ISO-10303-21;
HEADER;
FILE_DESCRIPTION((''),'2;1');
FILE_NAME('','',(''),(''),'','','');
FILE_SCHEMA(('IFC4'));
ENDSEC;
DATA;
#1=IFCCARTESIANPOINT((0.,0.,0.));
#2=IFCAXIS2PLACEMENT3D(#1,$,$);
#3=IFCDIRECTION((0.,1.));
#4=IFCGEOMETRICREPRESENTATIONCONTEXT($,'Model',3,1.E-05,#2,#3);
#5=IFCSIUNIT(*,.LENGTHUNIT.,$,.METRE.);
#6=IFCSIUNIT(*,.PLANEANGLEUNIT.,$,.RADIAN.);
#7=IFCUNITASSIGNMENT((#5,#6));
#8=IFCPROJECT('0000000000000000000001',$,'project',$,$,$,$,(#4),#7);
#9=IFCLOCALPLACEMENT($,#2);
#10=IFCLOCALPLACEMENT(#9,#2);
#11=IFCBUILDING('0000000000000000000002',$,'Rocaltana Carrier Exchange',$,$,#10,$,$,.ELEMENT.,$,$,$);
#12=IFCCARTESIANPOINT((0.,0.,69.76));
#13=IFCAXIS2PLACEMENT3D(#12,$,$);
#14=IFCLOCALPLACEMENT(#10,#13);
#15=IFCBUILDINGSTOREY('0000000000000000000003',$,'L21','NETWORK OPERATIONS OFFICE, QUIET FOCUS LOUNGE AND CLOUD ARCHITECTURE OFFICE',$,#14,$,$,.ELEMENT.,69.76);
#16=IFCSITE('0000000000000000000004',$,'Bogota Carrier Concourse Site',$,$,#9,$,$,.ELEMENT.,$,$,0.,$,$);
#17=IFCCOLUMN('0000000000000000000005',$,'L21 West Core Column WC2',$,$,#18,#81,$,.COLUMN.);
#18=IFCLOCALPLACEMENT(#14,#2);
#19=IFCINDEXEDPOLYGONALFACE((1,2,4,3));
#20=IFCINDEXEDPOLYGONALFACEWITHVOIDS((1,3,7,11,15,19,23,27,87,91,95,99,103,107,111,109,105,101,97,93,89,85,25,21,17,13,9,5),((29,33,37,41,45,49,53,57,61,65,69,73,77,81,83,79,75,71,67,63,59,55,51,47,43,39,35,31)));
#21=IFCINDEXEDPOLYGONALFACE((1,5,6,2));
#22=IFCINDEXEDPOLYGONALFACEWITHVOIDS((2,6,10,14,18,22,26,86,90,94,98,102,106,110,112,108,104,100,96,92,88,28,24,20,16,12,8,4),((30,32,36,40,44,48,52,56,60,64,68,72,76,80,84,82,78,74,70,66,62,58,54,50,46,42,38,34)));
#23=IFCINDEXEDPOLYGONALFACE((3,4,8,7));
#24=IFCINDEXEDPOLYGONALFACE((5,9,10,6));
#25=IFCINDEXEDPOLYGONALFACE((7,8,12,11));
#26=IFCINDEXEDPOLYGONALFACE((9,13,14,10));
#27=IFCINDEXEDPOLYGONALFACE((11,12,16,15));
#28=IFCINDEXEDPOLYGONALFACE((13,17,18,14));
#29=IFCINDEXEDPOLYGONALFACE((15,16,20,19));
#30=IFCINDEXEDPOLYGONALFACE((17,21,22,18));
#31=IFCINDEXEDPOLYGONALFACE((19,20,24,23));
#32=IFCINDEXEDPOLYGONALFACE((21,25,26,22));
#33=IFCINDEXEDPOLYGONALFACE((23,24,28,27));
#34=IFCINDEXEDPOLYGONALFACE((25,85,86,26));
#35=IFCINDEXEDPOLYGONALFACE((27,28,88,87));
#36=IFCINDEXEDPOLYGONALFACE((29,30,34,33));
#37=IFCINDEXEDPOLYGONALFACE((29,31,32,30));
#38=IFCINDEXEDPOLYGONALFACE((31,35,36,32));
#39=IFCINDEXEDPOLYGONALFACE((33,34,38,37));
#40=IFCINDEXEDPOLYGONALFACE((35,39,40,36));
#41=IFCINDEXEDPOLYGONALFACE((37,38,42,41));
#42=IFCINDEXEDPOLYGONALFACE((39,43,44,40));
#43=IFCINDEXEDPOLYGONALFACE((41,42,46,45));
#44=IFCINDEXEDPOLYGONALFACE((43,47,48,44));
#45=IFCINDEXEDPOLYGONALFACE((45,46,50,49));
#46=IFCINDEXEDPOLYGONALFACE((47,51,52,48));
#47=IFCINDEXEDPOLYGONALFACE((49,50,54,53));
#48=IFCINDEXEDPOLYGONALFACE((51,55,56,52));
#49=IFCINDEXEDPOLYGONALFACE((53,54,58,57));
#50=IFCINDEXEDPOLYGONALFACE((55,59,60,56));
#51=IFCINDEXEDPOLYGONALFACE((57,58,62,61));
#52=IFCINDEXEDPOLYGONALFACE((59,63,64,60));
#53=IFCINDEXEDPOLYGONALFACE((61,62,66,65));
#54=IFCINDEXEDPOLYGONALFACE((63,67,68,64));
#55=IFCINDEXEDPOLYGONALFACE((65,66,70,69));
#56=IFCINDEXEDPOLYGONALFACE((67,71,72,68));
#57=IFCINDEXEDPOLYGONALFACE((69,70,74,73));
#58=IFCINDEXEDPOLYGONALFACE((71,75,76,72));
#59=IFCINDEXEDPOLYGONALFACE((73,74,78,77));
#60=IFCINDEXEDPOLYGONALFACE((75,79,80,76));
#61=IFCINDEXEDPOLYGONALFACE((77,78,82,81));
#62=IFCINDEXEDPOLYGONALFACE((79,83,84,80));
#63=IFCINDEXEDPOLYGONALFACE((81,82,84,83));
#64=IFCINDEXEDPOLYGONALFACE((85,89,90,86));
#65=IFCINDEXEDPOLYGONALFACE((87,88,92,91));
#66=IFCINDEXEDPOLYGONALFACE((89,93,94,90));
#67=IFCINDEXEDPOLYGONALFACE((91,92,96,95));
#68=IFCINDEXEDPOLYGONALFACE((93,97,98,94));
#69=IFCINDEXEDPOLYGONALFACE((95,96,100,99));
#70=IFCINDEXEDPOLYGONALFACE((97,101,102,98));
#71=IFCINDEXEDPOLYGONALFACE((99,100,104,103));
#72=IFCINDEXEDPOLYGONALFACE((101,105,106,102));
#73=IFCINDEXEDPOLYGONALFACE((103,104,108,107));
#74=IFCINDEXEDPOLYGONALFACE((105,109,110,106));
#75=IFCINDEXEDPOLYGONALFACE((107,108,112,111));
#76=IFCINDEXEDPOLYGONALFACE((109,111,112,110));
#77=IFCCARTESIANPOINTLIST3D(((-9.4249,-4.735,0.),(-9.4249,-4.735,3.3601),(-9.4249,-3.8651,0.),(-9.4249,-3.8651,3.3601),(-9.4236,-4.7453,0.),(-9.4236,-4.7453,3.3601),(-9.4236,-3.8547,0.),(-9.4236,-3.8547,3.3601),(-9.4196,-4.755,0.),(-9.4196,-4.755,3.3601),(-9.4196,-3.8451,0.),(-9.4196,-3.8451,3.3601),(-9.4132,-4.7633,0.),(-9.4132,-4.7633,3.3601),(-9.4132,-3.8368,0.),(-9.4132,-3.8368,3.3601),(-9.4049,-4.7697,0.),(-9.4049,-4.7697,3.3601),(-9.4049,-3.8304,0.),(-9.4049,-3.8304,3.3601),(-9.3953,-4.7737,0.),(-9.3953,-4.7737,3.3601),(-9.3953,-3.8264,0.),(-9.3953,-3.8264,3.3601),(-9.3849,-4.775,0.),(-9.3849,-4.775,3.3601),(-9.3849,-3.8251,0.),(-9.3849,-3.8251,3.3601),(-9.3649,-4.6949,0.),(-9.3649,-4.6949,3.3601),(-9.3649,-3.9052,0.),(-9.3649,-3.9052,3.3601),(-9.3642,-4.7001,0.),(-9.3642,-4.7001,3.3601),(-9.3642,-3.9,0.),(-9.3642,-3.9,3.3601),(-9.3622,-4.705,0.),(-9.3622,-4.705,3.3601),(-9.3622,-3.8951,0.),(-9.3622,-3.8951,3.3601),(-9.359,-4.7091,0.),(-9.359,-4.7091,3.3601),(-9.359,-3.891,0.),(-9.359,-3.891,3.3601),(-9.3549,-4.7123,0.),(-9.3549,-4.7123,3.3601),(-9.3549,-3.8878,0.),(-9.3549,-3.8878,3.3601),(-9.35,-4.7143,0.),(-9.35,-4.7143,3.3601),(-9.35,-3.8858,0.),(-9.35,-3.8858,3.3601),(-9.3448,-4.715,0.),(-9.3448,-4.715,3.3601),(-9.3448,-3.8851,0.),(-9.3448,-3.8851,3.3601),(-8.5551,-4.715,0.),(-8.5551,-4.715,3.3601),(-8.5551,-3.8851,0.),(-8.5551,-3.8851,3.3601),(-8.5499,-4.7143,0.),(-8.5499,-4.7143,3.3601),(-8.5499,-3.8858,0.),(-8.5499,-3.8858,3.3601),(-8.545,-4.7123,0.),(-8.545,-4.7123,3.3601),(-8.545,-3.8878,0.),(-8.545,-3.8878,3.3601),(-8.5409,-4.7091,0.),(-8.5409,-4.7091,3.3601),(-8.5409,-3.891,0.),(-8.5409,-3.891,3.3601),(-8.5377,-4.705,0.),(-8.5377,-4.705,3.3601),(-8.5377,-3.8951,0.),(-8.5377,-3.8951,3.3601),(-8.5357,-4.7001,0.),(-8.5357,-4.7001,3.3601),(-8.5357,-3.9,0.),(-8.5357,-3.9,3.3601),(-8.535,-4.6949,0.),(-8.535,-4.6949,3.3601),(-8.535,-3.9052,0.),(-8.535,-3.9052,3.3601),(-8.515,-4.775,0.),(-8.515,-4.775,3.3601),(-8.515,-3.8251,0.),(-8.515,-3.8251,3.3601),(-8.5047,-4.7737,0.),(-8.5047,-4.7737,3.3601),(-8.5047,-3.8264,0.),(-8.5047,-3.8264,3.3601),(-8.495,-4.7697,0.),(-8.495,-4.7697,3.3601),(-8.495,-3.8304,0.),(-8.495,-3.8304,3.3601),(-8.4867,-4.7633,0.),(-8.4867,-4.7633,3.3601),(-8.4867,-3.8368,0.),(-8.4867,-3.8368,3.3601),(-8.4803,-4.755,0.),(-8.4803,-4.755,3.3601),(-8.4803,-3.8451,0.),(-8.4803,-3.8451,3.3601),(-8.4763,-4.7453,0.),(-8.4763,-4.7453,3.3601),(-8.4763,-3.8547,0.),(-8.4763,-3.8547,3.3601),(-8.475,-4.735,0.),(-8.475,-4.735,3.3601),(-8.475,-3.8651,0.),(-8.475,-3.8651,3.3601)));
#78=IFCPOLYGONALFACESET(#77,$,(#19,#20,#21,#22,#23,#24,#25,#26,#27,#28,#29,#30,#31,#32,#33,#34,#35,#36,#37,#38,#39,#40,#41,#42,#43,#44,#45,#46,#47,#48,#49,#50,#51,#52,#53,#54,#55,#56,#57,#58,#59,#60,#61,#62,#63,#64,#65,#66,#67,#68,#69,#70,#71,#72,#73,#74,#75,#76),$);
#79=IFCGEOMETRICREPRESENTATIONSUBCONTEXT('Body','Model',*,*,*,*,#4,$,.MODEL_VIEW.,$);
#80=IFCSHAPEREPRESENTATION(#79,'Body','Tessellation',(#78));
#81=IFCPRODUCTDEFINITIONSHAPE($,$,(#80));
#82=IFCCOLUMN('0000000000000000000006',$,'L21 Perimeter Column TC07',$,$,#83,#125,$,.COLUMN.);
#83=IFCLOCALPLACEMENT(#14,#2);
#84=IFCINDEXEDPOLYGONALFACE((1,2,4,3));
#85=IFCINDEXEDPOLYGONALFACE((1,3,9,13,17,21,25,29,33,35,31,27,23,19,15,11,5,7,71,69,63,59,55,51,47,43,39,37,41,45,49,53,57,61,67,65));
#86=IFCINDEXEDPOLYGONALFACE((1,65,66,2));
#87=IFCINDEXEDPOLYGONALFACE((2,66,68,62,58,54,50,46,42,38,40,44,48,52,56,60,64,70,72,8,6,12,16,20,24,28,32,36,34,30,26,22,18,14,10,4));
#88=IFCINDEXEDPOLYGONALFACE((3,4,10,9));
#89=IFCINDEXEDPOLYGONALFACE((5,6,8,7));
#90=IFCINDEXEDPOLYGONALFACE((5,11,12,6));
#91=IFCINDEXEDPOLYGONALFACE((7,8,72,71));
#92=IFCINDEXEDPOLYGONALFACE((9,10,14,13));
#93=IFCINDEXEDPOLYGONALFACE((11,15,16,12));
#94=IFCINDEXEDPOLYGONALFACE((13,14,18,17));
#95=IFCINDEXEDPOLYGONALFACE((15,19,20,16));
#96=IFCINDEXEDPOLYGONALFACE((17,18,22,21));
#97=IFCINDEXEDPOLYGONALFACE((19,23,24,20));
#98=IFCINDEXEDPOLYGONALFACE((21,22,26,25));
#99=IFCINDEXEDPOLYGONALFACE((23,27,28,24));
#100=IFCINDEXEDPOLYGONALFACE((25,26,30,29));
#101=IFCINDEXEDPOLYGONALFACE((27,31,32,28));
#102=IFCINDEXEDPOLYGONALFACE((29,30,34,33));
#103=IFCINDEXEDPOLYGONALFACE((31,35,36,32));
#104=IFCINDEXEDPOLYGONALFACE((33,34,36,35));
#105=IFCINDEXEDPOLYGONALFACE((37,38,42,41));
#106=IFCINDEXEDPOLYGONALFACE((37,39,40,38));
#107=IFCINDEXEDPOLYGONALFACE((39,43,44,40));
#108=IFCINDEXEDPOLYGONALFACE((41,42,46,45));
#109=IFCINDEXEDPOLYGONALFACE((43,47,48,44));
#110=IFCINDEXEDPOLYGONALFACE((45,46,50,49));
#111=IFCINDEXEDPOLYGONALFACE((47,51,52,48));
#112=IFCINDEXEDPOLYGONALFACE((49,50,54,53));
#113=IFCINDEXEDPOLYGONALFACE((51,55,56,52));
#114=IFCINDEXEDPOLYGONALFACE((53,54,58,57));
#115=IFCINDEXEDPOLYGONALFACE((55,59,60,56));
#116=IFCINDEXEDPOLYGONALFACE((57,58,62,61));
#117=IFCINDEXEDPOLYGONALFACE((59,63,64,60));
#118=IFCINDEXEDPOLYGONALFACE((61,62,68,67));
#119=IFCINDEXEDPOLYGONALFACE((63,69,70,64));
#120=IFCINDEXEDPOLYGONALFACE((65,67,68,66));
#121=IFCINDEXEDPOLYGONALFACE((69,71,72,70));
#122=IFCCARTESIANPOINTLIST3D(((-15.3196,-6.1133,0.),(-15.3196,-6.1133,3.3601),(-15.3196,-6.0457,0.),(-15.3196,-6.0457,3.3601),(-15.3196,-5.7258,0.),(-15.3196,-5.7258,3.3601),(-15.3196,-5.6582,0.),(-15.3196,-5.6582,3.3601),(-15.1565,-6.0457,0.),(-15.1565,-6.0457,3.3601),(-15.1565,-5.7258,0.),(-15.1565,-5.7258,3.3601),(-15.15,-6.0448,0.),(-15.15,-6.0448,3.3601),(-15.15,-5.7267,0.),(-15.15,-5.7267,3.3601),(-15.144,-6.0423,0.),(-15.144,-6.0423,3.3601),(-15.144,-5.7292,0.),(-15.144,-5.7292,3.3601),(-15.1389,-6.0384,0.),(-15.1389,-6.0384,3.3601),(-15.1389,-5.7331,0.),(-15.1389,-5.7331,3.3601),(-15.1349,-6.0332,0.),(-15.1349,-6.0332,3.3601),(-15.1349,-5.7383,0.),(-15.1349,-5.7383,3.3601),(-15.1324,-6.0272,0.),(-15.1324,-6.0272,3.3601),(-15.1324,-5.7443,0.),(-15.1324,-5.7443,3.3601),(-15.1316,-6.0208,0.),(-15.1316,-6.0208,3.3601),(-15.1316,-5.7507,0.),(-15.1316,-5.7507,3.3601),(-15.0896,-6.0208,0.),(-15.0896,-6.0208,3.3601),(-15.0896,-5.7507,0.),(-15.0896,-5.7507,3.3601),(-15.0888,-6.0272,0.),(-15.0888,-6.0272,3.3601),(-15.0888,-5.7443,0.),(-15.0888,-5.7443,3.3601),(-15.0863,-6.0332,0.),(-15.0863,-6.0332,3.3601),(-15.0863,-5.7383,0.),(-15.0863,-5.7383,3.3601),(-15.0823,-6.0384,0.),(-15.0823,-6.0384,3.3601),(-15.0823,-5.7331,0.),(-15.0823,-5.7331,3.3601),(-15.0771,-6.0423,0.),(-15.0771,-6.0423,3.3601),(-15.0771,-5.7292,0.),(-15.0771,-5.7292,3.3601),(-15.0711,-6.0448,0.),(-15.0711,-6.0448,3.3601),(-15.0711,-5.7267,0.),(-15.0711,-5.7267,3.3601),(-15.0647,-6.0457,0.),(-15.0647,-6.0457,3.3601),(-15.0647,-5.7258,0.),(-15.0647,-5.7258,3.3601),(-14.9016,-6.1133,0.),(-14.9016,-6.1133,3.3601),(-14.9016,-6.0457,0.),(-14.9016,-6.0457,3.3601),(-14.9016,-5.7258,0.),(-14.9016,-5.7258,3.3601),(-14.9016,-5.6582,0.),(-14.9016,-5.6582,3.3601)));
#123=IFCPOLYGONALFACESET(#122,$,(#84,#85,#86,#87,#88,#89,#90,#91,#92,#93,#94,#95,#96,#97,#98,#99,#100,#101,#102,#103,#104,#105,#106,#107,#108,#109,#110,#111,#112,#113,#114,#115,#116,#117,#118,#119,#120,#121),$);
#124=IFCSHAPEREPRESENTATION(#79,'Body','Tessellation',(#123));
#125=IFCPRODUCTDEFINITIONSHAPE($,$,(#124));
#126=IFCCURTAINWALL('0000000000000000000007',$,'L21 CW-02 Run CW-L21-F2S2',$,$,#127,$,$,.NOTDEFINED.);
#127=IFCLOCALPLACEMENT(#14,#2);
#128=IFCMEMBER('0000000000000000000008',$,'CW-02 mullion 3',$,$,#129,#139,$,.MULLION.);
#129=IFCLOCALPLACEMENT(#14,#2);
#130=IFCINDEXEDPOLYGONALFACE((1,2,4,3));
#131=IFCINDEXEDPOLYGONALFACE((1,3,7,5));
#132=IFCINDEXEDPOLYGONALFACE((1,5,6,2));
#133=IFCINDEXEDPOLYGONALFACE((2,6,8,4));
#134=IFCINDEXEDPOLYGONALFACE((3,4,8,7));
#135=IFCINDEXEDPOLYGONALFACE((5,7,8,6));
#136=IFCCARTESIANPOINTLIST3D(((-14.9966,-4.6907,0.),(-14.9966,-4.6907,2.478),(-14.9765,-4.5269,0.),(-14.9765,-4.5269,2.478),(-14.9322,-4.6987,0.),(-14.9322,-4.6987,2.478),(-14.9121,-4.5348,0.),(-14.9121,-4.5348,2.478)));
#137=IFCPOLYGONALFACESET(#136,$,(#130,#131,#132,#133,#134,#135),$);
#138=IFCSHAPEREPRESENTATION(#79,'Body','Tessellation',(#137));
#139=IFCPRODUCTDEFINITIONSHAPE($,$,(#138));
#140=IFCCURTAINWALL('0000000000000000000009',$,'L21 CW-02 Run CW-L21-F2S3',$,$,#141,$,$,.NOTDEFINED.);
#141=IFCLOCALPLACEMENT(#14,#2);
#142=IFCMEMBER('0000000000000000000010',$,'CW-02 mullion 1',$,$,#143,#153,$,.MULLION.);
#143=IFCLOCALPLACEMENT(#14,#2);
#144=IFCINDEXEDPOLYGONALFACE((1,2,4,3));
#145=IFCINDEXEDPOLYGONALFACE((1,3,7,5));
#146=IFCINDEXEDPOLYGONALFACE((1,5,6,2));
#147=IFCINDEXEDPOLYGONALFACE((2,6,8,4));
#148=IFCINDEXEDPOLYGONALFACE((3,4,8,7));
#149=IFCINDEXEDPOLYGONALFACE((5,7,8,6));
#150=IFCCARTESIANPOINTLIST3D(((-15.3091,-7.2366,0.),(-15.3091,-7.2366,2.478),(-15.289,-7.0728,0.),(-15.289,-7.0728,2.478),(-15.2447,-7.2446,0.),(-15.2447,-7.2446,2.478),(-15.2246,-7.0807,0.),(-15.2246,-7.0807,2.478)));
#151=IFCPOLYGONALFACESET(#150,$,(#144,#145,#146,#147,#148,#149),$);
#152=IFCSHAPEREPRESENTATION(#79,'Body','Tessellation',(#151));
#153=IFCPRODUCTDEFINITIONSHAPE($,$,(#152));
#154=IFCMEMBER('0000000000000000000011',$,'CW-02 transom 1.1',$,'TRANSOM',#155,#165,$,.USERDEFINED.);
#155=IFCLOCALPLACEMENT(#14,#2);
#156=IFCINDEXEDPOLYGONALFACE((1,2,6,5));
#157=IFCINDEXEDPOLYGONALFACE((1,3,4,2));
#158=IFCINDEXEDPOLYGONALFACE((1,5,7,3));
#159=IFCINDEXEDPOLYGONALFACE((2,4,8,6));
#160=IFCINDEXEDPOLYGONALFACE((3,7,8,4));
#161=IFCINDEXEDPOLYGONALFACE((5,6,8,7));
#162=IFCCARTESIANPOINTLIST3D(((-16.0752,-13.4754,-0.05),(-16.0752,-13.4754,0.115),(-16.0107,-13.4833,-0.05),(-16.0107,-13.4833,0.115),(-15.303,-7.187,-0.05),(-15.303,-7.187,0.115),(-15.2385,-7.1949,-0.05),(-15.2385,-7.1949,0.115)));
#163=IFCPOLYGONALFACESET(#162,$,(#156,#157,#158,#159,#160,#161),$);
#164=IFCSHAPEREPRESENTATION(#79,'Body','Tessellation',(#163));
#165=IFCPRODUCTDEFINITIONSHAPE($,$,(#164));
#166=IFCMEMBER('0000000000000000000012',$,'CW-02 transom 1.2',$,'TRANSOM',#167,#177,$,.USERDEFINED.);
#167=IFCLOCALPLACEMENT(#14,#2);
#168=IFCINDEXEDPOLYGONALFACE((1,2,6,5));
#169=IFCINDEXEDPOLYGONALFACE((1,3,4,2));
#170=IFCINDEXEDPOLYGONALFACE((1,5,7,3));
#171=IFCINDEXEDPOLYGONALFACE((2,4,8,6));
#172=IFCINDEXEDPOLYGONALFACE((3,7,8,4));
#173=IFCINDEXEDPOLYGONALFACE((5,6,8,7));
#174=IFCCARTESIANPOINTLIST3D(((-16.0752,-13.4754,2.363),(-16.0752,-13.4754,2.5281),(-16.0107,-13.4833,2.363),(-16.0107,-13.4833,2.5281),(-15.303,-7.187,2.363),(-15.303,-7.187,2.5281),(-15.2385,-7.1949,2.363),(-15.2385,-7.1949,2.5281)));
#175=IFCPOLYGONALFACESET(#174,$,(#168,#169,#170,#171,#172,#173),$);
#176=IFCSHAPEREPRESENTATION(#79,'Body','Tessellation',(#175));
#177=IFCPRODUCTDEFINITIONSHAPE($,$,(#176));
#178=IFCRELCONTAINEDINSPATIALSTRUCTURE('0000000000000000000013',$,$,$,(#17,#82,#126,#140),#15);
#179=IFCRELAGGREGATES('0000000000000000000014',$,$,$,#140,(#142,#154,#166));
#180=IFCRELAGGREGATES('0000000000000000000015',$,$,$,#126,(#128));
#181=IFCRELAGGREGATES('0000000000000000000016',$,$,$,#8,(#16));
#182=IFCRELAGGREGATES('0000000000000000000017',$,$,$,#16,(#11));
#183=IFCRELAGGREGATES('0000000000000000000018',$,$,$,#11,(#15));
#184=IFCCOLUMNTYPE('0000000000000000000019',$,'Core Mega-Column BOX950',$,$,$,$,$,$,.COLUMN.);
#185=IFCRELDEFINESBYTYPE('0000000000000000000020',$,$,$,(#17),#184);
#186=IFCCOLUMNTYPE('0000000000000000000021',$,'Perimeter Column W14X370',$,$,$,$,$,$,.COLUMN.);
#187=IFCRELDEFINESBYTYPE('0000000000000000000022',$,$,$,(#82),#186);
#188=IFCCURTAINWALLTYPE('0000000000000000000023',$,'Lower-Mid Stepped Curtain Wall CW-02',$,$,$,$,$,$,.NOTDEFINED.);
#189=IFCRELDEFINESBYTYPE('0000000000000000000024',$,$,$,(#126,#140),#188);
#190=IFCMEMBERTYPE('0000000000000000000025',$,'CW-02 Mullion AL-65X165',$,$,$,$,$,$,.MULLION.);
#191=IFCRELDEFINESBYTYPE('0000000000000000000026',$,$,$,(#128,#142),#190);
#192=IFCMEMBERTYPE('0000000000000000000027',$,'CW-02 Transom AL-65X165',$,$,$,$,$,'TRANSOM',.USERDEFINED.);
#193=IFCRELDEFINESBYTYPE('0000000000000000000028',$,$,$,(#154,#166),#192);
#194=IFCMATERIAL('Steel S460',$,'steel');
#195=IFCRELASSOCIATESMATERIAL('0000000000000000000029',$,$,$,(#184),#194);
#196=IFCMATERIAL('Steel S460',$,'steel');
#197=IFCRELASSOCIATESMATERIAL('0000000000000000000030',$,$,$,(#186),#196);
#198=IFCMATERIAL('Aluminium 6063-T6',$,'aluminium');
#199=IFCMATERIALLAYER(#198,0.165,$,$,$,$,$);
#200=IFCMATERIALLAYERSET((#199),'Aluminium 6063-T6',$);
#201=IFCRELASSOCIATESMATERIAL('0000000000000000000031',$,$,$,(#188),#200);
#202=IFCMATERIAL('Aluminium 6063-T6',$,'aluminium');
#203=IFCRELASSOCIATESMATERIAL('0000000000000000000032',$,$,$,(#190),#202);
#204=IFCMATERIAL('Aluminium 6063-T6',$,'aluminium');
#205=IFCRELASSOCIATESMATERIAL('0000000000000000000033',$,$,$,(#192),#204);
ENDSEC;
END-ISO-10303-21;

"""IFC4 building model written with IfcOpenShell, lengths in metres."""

from ifc_helpers import new_model, si_unit, direction, frame, origin, origin_2d, place, context, subcontext, project, spatial, rectangle, hollow_rectangle, i_section, extrude, material, layer, layer_set, material_profile, profile_set, type_object, element, aggregate, save


model = new_model("IFC4")

# Units and contexts
model_context = context("Model", 3, precision=1e-05, world=origin(), true_north=direction((0.0, 1.0)))
body_context = subcontext(model_context, "Body", "Model", "MODEL_VIEW")
ifc_project = project(units=[si_unit("LENGTHUNIT", "METRE"), si_unit("PLANEANGLEUNIT", "RADIAN")], contexts=[model_context])

# Site, building, storey
site_placement = place(None, origin())
site = spatial("IfcSite", under=ifc_project, at=site_placement, Name="Bogota Carrier Concourse Site", CompositionType="ELEMENT", RefElevation=0.0)
building_placement = place(site_placement, origin())
building = spatial("IfcBuilding", under=site, at=building_placement, Name="Rocaltana Carrier Exchange", CompositionType="ELEMENT")
storey_placement = place(building_placement, frame((0.0, 0.0, 69.76)))
storey = spatial("IfcBuildingStorey", under=building, at=storey_placement, Name="L21", Description="NETWORK OPERATIONS OFFICE, QUIET FOCUS LOUNGE AND CLOUD ARCHITECTURE OFFICE", CompositionType="ELEMENT", Elevation=69.76)

# Columns
ifc_material_1 = material(Name="Steel S460", Category="steel")
ifc_material_profile_1 = material_profile(ifc_material_1, hollow_rectangle(XDim=0.95, YDim=0.95, WallThickness=0.0601, InnerFilletRadius=0.02, OuterFilletRadius=0.04, at=origin_2d()), Name="BOX950X950X60")
ifc_profile_set_1 = profile_set([ifc_material_profile_1], Name="Steel S460")
column_type_1 = type_object("IfcColumnType", Name="Core Mega-Column BOX950", PredefinedType="COLUMN", material=ifc_profile_set_1)
column_1_placement = place(storey_placement, frame((-8.95, -4.3, 0.0), z_axis=(0.0, 0.0, 1.0), x_axis=(1.0, 0.0, 0.0)))
element("IfcColumn", 1, at=column_1_placement, inside=storey, type_object=column_type_1, Name="L21 West Core Column WC2", PredefinedType="COLUMN", context=body_context, shape_type="SweptSolid", body=[
    extrude(hollow_rectangle(XDim=0.95, YDim=0.95, WallThickness=0.0601, InnerFilletRadius=0.02, OuterFilletRadius=0.04, at=origin_2d()), origin(), (0.0, 0.0, 1.0), 3.3601),
])
ifc_material_2 = material(Name="Steel S460", Category="steel")
ifc_material_profile_2 = material_profile(ifc_material_2, i_section(OverallWidth=0.418, OverallDepth=0.4551, WebThickness=0.042, FlangeThickness=0.0676, FilletRadius=0.0249, at=origin_2d()), Name="W14X370")
ifc_profile_set_2 = profile_set([ifc_material_profile_2], Name="Steel S460")
column_type_2 = type_object("IfcColumnType", Name="Perimeter Column W14X370", PredefinedType="COLUMN", material=ifc_profile_set_2)
column_2_placement = place(storey_placement, frame((-15.1106, -5.8857, 0.0), z_axis=(0.0, 0.0, 1.0), x_axis=(1.0, 0.0, 0.0)))
element("IfcColumn", 2, at=column_2_placement, inside=storey, type_object=column_type_2, Name="L21 Perimeter Column TC07", PredefinedType="COLUMN", context=body_context, shape_type="SweptSolid", body=[
    extrude(i_section(OverallWidth=0.418, OverallDepth=0.4551, WebThickness=0.042, FlangeThickness=0.0676, FilletRadius=0.0249, at=origin_2d()), origin(), (0.0, 0.0, 1.0), 3.3601),
])

# Curtain wall, member
ifc_material_3 = material(Name="Aluminium 6063-T6", Category="aluminium")
ifc_layer_1 = layer(ifc_material_3, 0.165)
ifc_layer_set_1 = layer_set([ifc_layer_1], Name="Aluminium 6063-T6")
curtain_wall_type = type_object("IfcCurtainWallType", Name="Lower-Mid Stepped Curtain Wall CW-02", PredefinedType="NOTDEFINED", material=ifc_layer_set_1)
curtain_wall_1_placement = place(storey_placement, origin())
curtain_wall_1 = element("IfcCurtainWall", 3, at=curtain_wall_1_placement, inside=storey, type_object=curtain_wall_type, Name="L21 CW-02 Run CW-L21-F2S2", PredefinedType="NOTDEFINED")
ifc_material_4 = material(Name="Aluminium 6063-T6", Category="aluminium")
ifc_material_profile_3 = material_profile(ifc_material_4, rectangle(XDim=0.0649, YDim=0.165, at=origin_2d()), Name="AL-65X165")
ifc_profile_set_3 = profile_set([ifc_material_profile_3], Name="Aluminium 6063-T6")
member_type_1 = type_object("IfcMemberType", Name="CW-02 Mullion AL-65X165", PredefinedType="MULLION", material=ifc_profile_set_3)
member_1_placement = place(storey_placement, frame((-14.9543, -4.6128, 0.0), z_axis=(0.0, 0.0, 1.0), x_axis=(0.992546, -0.121874, 0.0)))
member_1 = element("IfcMember", 4, at=member_1_placement, type_object=member_type_1, Name="CW-02 mullion 3", PredefinedType="MULLION", context=body_context, shape_type="SweptSolid", body=[
    extrude(rectangle(XDim=0.0649, YDim=0.165, at=origin_2d()), origin(), (0.0, 0.0, 1.0), 2.478),
])

# Curtain wall, members
curtain_wall_2_placement = place(storey_placement, origin())
curtain_wall_2 = element("IfcCurtainWall", 5, at=curtain_wall_2_placement, inside=storey, type_object=curtain_wall_type, Name="L21 CW-02 Run CW-L21-F2S3", PredefinedType="NOTDEFINED")
member_2_placement = place(storey_placement, frame((-15.2668, -7.1587, 0.0), z_axis=(0.0, 0.0, 1.0), x_axis=(0.992545, -0.121881, 0.0)))
member_2 = element("IfcMember", 6, at=member_2_placement, type_object=member_type_1, Name="CW-02 mullion 1", PredefinedType="MULLION", context=body_context, shape_type="SweptSolid", body=[
    extrude(rectangle(XDim=0.0649, YDim=0.165, at=origin_2d()), origin(), (0.0, 0.0, 1.0), 2.478),
])
ifc_material_5 = material(Name="Aluminium 6063-T6", Category="aluminium")
ifc_material_profile_4 = material_profile(ifc_material_5, rectangle(XDim=0.0649, YDim=0.165, at=origin_2d()), Name="AL-65X165")
ifc_profile_set_4 = profile_set([ifc_material_profile_4], Name="Aluminium 6063-T6")
member_type_2 = type_object("IfcMemberType", Name="CW-02 Transom AL-65X165", ElementType="TRANSOM", PredefinedType="USERDEFINED", material=ifc_profile_set_4)
member_3_placement = place(storey_placement, frame((-15.2708, -7.1909, 0.0325), z_axis=(-0.121881, -0.992545, 0.0), x_axis=(0.992545, -0.121881, 0.0)))
member_3 = element("IfcMember", 7, at=member_3_placement, type_object=member_type_2, Name="CW-02 transom 1.1", ObjectType="TRANSOM", PredefinedType="USERDEFINED", context=body_context, shape_type="SweptSolid", body=[
    extrude(rectangle(XDim=0.0649, YDim=0.165, at=origin_2d()), origin(), (0.0, 0.0, 1.0), 6.3357),
])
member_4_placement = place(storey_placement, frame((-15.2708, -7.1909, 2.4456), z_axis=(-0.121881, -0.992545, 0.0), x_axis=(0.992545, -0.121881, 0.0)))
member_4 = element("IfcMember", 8, at=member_4_placement, type_object=member_type_2, Name="CW-02 transom 1.2", ObjectType="TRANSOM", PredefinedType="USERDEFINED", context=body_context, shape_type="SweptSolid", body=[
    extrude(rectangle(XDim=0.0649, YDim=0.165, at=origin_2d()), origin(), (0.0, 0.0, 1.0), 6.3357),
])
aggregate(curtain_wall_2, [member_2, member_3, member_4])

aggregate(curtain_wall_1, [member_1])

save(model, "model.ifc")
